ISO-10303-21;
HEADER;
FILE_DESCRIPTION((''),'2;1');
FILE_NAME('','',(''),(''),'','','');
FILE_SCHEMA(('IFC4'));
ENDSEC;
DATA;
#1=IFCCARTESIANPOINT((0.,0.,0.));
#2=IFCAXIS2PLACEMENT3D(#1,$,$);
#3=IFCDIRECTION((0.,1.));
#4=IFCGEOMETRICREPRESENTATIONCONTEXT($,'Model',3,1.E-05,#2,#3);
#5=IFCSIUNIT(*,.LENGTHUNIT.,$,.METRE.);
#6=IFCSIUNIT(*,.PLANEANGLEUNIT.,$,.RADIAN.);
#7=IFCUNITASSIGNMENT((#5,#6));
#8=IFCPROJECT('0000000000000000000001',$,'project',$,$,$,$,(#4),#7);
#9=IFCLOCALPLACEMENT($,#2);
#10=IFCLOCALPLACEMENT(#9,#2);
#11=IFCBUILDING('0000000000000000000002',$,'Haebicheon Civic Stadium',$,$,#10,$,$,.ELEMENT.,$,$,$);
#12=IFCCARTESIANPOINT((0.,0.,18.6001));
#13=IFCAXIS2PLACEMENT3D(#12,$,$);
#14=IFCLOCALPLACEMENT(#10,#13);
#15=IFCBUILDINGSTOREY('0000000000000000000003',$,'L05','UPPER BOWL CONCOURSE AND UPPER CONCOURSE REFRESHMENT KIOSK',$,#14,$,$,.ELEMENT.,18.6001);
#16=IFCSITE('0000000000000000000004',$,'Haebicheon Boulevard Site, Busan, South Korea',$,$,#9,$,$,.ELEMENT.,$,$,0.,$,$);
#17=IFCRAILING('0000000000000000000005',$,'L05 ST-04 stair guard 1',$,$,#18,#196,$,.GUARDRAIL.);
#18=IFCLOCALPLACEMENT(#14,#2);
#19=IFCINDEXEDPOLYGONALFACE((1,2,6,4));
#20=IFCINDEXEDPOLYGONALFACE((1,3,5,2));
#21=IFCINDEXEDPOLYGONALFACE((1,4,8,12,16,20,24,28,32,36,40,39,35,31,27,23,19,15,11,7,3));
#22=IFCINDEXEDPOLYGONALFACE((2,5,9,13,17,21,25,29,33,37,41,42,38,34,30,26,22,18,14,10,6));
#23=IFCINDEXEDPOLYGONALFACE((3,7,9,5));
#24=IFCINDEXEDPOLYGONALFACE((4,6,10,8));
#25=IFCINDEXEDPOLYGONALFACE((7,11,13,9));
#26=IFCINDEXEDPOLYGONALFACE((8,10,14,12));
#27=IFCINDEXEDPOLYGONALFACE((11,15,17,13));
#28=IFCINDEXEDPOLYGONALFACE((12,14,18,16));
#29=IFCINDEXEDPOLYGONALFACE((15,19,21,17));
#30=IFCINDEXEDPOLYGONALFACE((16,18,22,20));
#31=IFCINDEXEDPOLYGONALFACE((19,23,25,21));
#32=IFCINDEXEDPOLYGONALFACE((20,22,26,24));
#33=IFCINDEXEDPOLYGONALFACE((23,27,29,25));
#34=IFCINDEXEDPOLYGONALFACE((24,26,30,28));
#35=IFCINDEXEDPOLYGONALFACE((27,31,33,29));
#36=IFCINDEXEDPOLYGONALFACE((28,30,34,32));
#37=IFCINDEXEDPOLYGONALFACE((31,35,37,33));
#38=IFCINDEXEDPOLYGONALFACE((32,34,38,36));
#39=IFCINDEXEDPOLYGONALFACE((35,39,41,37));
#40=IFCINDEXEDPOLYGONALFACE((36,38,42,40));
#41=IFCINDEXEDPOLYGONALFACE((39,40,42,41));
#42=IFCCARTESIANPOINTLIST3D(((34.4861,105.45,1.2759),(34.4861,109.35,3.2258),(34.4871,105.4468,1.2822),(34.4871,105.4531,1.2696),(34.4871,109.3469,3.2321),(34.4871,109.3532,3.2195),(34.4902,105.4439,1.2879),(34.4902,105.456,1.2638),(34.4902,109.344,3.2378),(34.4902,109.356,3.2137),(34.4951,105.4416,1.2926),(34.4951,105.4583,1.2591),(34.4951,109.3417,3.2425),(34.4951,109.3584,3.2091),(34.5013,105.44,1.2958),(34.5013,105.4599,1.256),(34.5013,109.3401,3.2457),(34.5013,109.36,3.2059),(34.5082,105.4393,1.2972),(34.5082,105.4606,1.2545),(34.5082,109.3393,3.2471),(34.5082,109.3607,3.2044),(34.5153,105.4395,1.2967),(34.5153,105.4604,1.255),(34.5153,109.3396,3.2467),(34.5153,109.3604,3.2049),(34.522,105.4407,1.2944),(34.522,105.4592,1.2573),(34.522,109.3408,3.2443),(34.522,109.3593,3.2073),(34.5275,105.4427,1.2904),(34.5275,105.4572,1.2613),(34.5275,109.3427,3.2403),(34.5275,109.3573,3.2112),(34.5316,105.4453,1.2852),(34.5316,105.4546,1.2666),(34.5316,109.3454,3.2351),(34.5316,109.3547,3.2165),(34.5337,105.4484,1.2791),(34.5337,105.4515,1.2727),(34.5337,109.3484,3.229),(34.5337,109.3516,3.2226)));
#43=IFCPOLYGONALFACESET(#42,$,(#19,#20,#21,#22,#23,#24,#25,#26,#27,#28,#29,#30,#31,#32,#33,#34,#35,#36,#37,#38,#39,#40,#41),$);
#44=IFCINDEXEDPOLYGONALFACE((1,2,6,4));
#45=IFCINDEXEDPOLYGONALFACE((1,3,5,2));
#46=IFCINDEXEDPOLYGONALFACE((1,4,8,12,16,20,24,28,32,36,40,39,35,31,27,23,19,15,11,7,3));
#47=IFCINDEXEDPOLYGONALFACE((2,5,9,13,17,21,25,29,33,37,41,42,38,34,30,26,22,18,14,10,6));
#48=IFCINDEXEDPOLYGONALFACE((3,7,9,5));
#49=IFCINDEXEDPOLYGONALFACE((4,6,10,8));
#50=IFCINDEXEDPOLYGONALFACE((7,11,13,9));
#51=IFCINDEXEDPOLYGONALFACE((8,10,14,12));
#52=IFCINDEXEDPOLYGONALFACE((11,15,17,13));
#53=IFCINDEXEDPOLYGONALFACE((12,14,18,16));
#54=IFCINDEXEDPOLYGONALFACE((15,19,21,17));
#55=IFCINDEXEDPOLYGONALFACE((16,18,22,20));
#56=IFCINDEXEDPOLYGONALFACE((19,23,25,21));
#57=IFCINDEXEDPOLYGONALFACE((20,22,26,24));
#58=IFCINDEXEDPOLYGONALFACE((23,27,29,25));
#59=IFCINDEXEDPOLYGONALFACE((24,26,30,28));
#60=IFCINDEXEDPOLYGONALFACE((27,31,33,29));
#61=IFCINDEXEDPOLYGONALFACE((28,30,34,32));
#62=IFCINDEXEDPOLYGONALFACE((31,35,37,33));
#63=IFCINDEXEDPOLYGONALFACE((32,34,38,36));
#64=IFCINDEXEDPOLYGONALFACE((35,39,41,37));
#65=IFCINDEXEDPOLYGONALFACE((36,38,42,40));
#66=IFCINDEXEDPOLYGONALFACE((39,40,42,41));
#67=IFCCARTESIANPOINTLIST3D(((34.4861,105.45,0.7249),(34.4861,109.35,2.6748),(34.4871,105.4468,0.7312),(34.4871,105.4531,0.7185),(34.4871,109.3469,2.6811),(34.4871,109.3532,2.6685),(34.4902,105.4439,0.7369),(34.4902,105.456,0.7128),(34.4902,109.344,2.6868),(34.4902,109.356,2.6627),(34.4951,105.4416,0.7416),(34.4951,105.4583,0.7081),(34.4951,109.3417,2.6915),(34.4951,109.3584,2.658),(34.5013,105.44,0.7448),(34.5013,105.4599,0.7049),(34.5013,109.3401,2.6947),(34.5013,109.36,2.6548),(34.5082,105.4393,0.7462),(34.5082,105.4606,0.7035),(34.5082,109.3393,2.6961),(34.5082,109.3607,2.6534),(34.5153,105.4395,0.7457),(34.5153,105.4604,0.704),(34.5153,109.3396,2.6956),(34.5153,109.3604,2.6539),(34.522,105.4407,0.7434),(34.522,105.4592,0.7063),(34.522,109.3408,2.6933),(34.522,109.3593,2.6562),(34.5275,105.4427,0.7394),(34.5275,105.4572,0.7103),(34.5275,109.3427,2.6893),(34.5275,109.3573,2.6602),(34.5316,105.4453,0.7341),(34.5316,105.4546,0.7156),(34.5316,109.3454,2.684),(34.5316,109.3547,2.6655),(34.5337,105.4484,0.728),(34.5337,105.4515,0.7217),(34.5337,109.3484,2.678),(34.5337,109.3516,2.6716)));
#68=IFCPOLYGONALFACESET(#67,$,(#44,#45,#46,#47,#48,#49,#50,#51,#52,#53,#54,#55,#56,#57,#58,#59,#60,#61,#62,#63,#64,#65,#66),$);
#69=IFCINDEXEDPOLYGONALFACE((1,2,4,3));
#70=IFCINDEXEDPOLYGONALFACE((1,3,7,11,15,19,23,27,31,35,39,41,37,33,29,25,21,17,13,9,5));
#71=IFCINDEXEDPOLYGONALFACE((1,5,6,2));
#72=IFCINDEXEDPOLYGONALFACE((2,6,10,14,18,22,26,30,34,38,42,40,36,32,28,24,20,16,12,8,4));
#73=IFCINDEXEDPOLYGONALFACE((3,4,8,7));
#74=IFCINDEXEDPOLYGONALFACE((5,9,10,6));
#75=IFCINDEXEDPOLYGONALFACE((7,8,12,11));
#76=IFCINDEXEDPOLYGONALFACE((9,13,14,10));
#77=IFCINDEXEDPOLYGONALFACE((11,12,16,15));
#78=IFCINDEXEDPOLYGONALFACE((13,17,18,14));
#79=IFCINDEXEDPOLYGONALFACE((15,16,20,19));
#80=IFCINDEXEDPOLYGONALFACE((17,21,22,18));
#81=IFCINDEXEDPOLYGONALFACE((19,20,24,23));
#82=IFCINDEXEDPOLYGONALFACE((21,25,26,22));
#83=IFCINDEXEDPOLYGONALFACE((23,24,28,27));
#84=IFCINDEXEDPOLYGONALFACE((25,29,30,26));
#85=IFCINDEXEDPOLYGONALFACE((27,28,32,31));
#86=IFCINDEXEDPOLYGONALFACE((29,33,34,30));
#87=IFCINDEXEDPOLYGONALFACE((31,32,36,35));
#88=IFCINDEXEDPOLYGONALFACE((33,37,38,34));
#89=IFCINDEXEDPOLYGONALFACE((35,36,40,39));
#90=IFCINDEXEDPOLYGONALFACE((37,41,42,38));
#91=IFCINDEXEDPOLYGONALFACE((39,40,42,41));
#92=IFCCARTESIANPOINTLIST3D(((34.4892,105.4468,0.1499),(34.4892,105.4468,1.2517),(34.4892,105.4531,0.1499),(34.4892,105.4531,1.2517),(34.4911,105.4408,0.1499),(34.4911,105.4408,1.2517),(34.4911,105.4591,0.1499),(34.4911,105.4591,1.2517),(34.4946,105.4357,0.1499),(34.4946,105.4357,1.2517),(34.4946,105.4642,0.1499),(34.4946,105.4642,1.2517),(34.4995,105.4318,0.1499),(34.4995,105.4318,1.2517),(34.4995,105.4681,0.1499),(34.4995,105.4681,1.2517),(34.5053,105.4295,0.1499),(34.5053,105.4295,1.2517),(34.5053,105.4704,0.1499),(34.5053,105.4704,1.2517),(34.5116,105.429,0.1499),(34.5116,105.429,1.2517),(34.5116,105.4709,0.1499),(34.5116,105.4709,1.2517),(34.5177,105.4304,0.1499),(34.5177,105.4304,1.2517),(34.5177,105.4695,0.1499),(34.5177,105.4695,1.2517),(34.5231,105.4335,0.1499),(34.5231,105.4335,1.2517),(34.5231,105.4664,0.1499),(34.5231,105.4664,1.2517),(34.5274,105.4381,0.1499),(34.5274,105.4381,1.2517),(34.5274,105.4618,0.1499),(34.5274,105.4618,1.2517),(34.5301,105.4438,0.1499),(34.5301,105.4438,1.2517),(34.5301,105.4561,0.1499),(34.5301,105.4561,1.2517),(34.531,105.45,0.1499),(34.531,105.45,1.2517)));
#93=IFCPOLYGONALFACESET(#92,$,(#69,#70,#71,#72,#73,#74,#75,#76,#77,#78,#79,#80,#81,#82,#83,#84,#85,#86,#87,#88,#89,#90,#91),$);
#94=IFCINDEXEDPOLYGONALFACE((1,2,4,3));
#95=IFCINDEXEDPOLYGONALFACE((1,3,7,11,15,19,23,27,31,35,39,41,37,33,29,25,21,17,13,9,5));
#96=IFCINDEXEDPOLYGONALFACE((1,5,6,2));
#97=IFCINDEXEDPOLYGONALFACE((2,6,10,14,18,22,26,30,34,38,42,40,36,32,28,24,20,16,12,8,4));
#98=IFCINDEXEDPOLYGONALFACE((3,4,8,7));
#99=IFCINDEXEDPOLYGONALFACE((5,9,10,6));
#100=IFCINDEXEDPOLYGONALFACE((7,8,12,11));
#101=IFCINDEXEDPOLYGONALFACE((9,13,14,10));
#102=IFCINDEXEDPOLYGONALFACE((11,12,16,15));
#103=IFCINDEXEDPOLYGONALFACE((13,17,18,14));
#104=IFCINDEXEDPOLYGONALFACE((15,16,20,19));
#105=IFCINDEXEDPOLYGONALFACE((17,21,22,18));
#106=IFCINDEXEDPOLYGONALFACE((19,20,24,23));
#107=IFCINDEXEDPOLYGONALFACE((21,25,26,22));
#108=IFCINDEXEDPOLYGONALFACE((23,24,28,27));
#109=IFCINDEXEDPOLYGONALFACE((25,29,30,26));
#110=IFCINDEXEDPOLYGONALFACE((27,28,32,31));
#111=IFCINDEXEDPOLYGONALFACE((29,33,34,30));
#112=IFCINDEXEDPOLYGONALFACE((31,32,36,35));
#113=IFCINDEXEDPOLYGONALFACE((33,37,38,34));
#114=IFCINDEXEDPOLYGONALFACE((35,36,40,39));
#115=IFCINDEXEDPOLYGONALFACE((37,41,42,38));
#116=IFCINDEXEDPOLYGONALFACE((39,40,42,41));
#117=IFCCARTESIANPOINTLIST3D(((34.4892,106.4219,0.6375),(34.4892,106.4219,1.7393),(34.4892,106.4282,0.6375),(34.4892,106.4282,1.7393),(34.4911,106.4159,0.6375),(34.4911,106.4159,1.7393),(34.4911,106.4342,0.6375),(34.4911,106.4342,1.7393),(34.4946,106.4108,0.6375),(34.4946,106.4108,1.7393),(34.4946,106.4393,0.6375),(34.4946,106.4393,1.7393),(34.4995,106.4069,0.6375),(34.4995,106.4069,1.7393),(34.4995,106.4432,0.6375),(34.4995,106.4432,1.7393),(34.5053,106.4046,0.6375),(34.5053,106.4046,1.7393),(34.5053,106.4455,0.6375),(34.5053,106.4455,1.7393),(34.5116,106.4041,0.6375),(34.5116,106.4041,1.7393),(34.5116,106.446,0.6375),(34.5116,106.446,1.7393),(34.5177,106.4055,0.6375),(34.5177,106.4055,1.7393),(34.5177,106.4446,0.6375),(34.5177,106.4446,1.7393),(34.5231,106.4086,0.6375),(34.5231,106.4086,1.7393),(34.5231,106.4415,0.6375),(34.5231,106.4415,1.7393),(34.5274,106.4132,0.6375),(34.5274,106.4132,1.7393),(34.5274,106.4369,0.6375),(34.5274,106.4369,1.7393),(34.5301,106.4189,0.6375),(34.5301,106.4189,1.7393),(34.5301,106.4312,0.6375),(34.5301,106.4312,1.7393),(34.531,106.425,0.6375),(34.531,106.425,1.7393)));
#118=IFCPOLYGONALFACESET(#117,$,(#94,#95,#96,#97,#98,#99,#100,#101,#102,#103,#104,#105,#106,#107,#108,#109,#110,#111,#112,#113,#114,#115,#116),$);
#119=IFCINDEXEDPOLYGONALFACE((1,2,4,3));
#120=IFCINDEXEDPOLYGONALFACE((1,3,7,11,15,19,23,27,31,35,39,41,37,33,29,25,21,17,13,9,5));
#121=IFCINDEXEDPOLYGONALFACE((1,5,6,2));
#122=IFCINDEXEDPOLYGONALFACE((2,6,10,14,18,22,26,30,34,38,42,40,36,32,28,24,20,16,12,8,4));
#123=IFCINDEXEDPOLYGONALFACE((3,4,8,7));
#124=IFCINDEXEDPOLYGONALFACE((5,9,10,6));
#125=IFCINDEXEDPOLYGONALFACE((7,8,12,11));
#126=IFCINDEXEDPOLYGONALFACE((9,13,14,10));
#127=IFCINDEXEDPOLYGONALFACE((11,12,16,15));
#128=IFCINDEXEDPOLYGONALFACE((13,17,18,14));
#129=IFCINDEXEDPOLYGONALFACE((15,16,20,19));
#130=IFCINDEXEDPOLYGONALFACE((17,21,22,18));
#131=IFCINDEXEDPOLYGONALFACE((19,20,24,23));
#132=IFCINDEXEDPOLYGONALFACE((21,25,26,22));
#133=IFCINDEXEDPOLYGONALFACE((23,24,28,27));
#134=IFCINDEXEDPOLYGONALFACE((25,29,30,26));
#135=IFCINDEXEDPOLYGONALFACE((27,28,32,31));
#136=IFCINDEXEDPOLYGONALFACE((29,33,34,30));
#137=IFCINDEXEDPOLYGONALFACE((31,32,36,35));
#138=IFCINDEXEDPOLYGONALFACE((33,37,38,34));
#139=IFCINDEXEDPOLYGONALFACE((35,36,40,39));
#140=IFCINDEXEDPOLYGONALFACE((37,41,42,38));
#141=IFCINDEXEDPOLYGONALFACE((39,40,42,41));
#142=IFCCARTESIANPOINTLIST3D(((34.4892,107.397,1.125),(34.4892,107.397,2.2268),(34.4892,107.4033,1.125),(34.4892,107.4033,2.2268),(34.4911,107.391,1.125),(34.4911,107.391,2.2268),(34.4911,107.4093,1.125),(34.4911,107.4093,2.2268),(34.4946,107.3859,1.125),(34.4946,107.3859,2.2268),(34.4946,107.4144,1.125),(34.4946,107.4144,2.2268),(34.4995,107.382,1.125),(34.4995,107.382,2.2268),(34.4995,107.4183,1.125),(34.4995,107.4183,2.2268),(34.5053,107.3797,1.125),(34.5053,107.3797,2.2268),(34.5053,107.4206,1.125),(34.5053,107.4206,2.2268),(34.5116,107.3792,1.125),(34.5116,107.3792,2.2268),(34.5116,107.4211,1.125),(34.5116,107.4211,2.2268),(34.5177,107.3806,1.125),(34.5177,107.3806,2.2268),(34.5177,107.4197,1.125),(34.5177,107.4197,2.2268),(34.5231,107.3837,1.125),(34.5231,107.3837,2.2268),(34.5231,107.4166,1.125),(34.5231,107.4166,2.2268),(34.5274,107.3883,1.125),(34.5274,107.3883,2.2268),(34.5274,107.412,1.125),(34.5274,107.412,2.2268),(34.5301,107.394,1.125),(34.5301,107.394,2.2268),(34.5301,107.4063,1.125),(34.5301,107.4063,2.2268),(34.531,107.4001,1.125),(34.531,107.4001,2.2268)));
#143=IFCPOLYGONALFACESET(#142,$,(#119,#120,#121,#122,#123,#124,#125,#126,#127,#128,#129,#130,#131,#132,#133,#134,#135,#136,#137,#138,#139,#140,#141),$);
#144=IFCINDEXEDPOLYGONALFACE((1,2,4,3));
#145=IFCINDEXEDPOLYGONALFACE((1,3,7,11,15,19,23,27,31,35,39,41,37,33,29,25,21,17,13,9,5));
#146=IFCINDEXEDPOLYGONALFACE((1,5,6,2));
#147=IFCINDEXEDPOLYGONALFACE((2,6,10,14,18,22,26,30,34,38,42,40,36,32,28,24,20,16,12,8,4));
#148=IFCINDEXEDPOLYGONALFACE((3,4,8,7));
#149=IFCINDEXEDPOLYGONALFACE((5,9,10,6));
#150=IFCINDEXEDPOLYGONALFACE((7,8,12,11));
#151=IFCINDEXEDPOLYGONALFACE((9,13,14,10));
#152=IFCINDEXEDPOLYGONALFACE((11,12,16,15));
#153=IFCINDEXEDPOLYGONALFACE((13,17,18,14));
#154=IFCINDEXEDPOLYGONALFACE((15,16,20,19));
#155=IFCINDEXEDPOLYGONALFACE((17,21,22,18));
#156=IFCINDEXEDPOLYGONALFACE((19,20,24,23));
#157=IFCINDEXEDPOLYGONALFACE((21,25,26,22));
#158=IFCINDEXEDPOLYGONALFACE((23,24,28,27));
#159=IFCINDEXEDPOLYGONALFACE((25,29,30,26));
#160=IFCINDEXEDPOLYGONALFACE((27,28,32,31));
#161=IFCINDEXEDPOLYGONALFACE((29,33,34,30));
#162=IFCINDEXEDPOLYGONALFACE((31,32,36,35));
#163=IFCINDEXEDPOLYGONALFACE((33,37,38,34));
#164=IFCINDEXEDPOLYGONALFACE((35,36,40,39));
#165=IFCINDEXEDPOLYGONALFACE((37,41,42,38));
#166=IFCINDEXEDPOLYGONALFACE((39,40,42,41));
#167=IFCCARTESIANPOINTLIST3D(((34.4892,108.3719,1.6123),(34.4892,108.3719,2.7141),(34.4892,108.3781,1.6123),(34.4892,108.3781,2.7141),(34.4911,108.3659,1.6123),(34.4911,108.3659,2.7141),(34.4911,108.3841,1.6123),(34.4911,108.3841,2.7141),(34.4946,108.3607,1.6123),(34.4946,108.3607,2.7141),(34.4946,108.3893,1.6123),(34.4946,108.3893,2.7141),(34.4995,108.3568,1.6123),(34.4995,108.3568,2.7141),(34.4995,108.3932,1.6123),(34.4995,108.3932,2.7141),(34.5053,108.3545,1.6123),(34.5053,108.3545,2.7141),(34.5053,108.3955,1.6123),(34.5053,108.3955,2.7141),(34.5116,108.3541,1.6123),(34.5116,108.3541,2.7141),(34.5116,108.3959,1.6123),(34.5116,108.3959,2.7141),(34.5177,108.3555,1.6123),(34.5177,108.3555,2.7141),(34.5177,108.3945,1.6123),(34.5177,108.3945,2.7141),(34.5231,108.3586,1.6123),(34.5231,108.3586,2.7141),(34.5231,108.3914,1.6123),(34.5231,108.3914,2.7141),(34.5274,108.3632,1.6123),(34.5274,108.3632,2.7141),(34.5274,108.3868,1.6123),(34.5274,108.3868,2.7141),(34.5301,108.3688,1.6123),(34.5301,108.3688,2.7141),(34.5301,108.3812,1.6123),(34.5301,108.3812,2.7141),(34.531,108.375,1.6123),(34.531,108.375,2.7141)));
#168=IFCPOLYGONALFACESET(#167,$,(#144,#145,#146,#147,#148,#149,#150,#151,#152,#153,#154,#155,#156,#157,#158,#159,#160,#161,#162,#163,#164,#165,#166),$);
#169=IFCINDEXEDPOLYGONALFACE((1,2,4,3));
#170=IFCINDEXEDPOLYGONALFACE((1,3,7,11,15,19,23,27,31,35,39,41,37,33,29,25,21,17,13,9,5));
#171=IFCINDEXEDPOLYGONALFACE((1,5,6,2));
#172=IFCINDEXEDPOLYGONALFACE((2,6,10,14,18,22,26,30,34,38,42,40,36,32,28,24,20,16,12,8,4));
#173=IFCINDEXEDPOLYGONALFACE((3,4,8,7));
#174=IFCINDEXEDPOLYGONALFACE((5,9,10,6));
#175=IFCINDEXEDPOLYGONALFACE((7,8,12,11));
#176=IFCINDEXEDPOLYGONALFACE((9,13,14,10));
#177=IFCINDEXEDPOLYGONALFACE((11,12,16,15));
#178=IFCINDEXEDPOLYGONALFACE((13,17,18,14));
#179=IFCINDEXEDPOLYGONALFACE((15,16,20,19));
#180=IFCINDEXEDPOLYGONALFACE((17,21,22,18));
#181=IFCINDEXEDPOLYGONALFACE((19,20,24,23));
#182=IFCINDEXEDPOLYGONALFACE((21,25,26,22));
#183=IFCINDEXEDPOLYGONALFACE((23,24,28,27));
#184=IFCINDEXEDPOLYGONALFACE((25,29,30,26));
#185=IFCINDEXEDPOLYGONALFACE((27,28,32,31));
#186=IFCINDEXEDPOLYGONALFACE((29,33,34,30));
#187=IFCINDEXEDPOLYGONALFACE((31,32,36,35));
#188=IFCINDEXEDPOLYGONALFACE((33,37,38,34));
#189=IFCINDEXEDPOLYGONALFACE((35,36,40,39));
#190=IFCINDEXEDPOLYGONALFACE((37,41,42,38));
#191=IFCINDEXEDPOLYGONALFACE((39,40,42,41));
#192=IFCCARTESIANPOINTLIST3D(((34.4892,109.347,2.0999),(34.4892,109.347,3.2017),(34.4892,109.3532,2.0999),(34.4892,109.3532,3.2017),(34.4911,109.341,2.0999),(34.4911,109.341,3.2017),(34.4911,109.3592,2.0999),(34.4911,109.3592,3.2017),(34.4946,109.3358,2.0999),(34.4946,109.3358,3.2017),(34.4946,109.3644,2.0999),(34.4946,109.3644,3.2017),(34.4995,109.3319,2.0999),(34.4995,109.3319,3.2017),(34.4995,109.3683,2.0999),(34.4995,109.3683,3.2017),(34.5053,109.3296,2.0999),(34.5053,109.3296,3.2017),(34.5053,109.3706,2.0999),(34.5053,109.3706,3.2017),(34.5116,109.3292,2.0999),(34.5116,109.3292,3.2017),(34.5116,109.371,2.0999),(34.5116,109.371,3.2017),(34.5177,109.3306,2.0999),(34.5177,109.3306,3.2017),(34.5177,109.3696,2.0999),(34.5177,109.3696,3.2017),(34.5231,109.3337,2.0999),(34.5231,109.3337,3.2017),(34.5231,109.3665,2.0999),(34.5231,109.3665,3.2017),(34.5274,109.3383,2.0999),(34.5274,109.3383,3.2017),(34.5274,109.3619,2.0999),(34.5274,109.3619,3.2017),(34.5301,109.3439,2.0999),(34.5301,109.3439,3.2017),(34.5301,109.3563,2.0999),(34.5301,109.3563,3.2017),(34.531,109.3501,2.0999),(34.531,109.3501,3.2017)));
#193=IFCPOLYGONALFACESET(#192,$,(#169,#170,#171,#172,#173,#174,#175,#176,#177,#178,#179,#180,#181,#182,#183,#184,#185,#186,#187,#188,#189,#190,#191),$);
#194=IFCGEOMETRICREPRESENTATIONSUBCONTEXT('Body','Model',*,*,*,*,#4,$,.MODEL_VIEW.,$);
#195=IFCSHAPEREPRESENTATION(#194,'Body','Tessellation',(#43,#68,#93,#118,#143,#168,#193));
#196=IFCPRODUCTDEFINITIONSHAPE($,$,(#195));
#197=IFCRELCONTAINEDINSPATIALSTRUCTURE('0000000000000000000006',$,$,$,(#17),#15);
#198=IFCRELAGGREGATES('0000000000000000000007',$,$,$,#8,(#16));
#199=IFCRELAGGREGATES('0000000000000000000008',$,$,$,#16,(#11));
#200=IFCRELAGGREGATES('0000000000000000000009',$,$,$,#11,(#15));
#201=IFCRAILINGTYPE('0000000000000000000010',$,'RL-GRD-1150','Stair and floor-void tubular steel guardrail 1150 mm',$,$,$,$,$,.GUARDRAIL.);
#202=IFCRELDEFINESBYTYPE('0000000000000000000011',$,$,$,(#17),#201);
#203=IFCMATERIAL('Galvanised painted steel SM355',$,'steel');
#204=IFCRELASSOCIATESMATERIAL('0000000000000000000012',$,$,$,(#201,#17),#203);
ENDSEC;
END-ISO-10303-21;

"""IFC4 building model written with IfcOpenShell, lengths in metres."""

from ifc_helpers import new_model, si_unit, direction, frame, origin, origin_2d, place, context, subcontext, project, spatial, circle, extrude, material, type_object, element, save


model = new_model("IFC4")

# Units and contexts
model_context = context("Model", 3, precision=1e-05, world=origin(), true_north=direction((0.0, 1.0)))
body_context = subcontext(model_context, "Body", "Model", "MODEL_VIEW")
ifc_project = project(units=[si_unit("LENGTHUNIT", "METRE"), si_unit("PLANEANGLEUNIT", "RADIAN")], contexts=[model_context])

# Site, building, storey
site_placement = place(None, origin())
site = spatial("IfcSite", under=ifc_project, at=site_placement, Name="Haebicheon Boulevard Site, Busan, South Korea", CompositionType="ELEMENT", RefElevation=0.0)
building_placement = place(site_placement, origin())
building = spatial("IfcBuilding", under=site, at=building_placement, Name="Haebicheon Civic Stadium", CompositionType="ELEMENT")
storey_placement = place(building_placement, frame((0.0, 0.0, 18.6001)))
storey = spatial("IfcBuildingStorey", under=building, at=storey_placement, Name="L05", Description="UPPER BOWL CONCOURSE AND UPPER CONCOURSE REFRESHMENT KIOSK", CompositionType="ELEMENT", Elevation=18.6001)

# Railing
ifc_material_1 = material(Name="Galvanised painted steel SM355", Category="steel")
railing_type_1 = type_object("IfcRailingType", Name="RL-GRD-1150", Description="Stair and floor-void tubular steel guardrail 1150 mm", PredefinedType="GUARDRAIL", material=ifc_material_1)
railing_1_placement = place(storey_placement, frame((34.51, 105.45, 0.1499)))
element("IfcRailing", 1, at=railing_1_placement, inside=storey, type_object=railing_type_1, material=ifc_material_1, Name="L05 ST-04 stair guard 1", PredefinedType="GUARDRAIL", context=body_context, shape_type="SweptSolid", body=[
    extrude(circle(Radius=0.0239, at=origin_2d()), frame((0.0, 0.0, 1.126), z_axis=(0.0, 0.894438, 0.447191), x_axis=(-1.0, 0.0, 0.0)), (0.0, 0.0, 1.0), 4.3604),
    extrude(circle(Radius=0.0239, at=origin_2d()), frame((0.0, 0.0, 0.575), z_axis=(0.0, 0.894438, 0.447191), x_axis=(-1.0, 0.0, 0.0)), (0.0, 0.0, 1.0), 4.3604),
    extrude(circle(Radius=0.021, at=origin_2d()), origin(), (0.0, 0.0, 1.0), 1.1018),
    extrude(circle(Radius=0.021, at=origin_2d()), frame((0.0, 0.9751, 0.4875)), (0.0, 0.0, 1.0), 1.1018),
    extrude(circle(Radius=0.021, at=origin_2d()), frame((0.0, 1.9502, 0.9751)), (0.0, 0.0, 1.0), 1.1018),
    extrude(circle(Radius=0.021, at=origin_2d()), frame((0.0, 2.925, 1.4624)), (0.0, 0.0, 1.0), 1.1018),
    extrude(circle(Radius=0.021, at=origin_2d()), frame((0.0, 3.9001, 1.95)), (0.0, 0.0, 1.0), 1.1018),
])

save(model, "model.ifc")
